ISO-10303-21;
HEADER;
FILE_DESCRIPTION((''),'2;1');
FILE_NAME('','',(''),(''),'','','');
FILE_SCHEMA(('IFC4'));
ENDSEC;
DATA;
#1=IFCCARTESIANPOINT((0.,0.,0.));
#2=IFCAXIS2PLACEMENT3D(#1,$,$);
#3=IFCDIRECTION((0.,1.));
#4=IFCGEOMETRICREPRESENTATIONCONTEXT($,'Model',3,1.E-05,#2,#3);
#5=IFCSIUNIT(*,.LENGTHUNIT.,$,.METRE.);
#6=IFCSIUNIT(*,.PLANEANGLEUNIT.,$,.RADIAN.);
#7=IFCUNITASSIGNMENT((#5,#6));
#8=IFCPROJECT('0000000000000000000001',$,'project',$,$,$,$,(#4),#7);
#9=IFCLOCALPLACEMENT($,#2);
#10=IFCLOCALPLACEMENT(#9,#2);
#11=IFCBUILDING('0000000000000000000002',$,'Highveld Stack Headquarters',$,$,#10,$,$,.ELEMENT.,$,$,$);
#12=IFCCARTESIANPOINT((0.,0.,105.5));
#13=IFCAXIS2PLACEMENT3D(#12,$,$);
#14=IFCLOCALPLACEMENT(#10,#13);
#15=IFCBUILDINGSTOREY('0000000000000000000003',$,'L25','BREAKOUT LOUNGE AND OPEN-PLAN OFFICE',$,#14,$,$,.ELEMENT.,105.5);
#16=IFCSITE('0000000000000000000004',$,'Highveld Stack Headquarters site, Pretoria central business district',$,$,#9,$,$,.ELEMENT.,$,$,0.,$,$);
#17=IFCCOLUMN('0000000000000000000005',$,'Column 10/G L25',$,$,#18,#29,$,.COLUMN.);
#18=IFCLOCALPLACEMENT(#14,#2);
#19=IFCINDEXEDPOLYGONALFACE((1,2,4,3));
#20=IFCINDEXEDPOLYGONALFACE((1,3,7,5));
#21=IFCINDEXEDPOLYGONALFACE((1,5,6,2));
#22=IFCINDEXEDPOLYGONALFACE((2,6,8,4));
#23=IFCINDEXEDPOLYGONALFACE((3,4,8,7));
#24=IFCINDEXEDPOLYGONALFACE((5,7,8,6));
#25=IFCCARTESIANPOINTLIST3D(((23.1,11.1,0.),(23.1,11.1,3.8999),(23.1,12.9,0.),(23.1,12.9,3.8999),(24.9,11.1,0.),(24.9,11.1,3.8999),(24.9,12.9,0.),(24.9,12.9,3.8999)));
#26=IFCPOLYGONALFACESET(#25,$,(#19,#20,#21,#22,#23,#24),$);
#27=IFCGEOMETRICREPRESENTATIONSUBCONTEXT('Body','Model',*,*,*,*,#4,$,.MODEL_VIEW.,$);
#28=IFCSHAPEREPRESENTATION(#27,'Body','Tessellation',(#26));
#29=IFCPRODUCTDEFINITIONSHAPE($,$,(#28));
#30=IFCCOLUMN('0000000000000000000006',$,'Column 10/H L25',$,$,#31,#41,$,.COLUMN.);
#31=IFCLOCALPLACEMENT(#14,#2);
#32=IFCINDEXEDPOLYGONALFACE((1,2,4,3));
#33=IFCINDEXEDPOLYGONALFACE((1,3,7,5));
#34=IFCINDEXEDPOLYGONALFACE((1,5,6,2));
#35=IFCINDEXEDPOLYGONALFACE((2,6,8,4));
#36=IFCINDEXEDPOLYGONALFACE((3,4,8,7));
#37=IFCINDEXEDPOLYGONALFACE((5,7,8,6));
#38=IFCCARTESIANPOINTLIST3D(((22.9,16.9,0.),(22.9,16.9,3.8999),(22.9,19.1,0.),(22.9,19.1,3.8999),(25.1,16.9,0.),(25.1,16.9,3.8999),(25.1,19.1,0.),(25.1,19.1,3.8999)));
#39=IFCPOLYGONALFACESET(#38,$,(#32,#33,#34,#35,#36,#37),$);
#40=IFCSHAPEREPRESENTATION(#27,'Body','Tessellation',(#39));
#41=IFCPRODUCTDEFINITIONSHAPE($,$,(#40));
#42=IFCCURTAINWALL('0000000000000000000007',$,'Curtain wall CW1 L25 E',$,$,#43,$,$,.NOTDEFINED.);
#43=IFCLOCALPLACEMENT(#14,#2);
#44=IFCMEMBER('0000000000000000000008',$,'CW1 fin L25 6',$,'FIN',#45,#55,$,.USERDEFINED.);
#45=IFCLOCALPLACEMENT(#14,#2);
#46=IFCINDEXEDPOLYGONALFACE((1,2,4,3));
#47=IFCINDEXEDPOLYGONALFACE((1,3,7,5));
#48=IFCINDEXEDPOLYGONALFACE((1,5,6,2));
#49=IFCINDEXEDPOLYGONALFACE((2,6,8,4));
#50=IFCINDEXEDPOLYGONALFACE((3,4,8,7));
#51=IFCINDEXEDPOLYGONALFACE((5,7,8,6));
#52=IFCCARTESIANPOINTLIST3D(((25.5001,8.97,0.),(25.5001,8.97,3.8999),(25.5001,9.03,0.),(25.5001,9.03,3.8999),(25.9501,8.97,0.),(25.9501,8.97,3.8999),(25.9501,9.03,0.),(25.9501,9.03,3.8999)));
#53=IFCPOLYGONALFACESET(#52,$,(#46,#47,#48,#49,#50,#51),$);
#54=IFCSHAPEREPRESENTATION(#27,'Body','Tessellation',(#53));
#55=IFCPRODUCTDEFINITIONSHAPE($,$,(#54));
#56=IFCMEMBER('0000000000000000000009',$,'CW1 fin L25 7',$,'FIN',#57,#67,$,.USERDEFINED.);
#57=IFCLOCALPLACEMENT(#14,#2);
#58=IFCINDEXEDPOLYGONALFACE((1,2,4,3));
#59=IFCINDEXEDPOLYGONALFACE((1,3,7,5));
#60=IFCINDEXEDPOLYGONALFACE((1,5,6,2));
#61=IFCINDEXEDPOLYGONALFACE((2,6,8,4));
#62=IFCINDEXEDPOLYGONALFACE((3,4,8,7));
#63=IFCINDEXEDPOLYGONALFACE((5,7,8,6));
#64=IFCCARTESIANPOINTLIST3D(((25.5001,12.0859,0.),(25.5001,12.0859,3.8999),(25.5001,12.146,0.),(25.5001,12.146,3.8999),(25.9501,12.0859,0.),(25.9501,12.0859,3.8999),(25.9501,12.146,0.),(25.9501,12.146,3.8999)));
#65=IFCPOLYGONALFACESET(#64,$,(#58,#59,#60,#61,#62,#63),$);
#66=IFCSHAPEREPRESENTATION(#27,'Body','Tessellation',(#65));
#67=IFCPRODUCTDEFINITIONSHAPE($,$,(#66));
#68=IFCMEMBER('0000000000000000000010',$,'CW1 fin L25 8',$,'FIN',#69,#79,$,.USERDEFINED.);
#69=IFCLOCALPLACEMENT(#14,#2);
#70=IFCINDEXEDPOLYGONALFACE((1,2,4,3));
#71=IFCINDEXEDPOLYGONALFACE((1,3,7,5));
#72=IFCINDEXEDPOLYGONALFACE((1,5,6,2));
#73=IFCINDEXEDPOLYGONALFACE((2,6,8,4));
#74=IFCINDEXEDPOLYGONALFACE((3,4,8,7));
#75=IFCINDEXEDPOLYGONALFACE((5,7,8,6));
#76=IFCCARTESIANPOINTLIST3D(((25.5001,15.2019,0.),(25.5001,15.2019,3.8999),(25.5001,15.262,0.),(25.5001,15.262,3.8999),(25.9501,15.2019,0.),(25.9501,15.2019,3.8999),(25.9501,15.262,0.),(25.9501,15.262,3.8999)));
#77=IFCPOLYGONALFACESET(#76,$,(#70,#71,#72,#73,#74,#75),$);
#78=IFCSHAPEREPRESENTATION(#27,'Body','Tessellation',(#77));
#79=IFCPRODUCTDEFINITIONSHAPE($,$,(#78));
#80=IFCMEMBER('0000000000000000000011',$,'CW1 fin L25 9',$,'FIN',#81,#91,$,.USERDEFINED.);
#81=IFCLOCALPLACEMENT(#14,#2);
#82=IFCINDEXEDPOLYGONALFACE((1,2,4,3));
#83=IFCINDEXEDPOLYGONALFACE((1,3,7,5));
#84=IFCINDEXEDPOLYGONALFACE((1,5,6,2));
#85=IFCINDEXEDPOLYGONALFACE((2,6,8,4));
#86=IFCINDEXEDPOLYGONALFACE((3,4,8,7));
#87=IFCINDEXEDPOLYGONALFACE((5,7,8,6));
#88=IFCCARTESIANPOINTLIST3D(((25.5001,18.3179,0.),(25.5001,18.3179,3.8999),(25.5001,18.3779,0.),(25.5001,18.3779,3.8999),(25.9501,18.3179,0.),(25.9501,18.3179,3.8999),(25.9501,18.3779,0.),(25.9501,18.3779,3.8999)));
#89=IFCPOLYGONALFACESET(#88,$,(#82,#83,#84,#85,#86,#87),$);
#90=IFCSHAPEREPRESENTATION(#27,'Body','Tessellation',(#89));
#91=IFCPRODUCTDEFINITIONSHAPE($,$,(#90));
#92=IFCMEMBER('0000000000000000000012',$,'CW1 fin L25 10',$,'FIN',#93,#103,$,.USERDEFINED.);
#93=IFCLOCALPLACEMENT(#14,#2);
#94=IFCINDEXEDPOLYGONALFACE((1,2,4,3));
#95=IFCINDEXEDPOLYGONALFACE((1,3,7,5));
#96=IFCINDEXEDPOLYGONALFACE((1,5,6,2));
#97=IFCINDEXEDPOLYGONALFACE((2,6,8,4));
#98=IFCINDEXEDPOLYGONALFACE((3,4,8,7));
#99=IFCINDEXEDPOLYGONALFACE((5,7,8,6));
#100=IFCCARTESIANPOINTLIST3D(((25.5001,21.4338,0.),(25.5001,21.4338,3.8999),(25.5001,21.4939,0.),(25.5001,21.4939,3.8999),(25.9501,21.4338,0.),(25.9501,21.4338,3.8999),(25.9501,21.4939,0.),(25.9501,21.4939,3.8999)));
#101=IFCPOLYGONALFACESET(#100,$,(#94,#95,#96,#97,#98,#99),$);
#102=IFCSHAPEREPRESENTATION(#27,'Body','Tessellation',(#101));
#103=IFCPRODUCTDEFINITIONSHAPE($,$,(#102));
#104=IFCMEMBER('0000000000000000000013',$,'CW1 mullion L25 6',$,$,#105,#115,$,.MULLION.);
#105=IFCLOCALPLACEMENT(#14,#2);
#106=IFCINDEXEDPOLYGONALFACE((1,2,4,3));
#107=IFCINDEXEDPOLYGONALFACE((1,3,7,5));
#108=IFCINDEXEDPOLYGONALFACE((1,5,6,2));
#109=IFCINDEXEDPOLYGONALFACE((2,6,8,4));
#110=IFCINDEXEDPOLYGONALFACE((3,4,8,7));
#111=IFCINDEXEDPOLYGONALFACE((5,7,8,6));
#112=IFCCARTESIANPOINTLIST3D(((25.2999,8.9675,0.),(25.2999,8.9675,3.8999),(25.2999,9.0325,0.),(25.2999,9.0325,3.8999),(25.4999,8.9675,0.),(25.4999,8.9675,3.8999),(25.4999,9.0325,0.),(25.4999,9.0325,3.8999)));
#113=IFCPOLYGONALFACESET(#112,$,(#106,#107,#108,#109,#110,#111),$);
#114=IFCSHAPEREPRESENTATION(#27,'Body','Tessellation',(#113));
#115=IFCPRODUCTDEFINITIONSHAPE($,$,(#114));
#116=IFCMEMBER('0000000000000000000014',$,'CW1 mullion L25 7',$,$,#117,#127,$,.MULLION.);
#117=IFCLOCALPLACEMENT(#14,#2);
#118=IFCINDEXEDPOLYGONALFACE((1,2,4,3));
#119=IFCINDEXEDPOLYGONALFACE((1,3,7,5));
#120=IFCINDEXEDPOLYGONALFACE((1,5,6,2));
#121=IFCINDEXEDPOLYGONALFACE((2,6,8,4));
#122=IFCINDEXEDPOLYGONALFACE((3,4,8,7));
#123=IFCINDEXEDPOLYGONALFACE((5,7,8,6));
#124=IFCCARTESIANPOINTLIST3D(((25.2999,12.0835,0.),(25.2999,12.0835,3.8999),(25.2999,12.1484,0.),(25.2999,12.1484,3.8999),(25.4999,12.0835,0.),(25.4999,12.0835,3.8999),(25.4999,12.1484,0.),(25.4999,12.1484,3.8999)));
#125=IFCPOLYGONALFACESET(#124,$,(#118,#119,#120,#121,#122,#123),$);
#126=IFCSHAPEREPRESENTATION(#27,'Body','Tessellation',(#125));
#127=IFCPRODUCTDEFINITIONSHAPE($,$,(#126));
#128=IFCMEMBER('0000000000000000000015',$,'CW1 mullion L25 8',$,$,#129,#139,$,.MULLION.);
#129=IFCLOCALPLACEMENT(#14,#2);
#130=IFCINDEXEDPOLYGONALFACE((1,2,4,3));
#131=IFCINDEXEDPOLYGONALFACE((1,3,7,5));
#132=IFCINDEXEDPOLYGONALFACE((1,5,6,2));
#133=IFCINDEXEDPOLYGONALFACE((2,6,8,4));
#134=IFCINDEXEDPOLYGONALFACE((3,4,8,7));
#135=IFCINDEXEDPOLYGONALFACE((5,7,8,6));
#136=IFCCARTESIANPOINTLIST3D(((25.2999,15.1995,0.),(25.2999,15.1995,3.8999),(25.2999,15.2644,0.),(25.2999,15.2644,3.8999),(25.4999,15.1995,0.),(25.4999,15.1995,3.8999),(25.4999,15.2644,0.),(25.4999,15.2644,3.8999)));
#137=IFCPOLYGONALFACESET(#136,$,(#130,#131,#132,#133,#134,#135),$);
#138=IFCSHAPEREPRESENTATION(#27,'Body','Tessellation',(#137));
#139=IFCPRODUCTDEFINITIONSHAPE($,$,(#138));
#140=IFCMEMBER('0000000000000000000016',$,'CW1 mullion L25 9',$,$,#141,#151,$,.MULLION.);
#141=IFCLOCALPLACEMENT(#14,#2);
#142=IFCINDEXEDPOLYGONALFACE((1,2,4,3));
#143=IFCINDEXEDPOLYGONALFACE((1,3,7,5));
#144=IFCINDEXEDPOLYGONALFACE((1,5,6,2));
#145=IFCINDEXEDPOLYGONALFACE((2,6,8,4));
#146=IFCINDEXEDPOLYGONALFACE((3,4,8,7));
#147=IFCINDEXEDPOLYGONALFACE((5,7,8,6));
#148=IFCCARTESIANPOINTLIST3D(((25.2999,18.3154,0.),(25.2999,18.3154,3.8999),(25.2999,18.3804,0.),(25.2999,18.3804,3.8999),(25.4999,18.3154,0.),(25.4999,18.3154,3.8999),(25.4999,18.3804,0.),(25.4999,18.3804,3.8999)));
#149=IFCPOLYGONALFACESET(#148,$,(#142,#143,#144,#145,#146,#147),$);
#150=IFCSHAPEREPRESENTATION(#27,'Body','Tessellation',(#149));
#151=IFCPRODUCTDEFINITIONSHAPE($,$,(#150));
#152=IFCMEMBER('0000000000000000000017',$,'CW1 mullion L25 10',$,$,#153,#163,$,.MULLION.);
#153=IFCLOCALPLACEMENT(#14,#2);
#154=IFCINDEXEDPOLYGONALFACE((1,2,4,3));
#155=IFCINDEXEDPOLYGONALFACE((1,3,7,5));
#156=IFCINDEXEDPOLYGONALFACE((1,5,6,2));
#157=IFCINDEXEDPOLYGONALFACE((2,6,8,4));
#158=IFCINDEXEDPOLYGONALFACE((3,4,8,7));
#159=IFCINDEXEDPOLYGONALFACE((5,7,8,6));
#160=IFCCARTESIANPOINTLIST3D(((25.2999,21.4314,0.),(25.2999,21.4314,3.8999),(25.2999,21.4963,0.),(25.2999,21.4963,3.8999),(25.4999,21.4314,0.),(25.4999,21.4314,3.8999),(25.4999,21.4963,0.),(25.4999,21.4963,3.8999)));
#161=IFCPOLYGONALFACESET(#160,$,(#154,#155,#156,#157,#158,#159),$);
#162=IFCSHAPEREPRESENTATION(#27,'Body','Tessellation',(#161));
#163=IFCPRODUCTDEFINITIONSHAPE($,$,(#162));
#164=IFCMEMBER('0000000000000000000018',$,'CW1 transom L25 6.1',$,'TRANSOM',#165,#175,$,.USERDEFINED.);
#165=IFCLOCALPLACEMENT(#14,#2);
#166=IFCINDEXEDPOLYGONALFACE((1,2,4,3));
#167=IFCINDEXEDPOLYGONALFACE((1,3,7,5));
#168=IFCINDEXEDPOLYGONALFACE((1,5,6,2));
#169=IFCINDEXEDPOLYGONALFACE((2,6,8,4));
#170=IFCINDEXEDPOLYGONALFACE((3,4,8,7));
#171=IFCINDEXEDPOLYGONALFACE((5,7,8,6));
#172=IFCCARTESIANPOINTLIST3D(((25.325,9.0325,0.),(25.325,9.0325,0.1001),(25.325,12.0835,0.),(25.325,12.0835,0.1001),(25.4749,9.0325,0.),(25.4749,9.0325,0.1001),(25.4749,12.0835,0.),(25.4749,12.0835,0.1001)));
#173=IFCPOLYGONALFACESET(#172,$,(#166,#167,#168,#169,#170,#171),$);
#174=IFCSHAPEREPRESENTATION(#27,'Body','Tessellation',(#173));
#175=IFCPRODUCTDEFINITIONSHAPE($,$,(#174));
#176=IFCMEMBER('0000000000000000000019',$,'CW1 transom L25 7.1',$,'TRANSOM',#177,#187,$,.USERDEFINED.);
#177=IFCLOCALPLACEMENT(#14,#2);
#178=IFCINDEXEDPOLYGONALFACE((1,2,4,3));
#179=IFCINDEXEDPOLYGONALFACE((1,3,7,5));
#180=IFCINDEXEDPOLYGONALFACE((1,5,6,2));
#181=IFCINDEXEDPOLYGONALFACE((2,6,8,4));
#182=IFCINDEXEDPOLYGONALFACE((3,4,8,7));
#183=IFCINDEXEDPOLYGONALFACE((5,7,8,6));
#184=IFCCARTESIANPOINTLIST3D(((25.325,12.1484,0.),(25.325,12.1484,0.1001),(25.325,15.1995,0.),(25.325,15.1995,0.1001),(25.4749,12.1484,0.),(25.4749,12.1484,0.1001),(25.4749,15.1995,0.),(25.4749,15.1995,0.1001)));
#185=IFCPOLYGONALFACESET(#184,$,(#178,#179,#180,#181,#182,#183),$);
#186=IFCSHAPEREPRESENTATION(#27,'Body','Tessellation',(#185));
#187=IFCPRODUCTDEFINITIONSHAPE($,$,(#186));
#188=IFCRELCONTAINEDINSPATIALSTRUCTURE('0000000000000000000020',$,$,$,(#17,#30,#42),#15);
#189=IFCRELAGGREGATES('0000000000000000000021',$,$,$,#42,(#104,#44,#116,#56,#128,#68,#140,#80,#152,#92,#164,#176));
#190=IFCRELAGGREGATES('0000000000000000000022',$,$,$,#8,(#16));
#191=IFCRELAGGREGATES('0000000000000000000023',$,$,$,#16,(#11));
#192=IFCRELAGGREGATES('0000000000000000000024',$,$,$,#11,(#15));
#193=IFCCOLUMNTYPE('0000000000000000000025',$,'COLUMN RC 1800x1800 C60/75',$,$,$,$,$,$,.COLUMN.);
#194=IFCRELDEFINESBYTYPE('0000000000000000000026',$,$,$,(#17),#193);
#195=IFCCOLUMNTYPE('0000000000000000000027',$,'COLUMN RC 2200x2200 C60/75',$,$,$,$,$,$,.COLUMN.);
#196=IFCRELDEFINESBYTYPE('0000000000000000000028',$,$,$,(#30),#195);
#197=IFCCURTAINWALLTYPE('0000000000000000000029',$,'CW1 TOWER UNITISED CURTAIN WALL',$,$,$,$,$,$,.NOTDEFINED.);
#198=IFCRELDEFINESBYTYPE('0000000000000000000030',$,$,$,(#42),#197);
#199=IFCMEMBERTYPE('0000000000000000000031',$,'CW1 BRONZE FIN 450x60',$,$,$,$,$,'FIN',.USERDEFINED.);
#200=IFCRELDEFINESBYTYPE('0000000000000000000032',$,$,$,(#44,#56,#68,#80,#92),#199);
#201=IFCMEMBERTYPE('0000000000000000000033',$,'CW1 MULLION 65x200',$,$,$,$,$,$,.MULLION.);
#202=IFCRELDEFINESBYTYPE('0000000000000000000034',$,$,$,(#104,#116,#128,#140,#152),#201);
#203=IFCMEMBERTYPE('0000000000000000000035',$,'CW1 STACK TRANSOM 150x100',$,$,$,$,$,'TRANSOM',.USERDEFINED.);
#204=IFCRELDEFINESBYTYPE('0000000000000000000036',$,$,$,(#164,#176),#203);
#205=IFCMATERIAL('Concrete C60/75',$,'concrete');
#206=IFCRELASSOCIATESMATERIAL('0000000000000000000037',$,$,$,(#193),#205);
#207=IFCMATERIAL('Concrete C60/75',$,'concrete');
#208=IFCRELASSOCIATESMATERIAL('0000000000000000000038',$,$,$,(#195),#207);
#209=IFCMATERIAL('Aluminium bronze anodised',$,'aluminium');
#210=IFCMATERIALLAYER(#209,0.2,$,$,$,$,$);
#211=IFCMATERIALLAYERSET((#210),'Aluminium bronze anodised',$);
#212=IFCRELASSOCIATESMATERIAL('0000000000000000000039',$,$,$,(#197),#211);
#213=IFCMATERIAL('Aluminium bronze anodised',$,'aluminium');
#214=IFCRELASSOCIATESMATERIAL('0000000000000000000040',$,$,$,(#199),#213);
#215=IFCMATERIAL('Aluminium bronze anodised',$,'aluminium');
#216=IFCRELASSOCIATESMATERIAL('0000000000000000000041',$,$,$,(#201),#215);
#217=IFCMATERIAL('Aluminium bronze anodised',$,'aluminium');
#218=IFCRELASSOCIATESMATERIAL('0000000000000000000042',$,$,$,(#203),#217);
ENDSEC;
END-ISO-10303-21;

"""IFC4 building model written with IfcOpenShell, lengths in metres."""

from ifc_helpers import new_model, si_unit, direction, frame, origin, origin_2d, place, context, subcontext, project, spatial, rectangle, extrude, material, layer, layer_set, material_profile, profile_set, type_object, element, aggregate, save


model = new_model("IFC4")

# Units and contexts
model_context = context("Model", 3, precision=1e-05, world=origin(), true_north=direction((0.0, 1.0)))
body_context = subcontext(model_context, "Body", "Model", "MODEL_VIEW")
ifc_project = project(units=[si_unit("LENGTHUNIT", "METRE"), si_unit("PLANEANGLEUNIT", "RADIAN")], contexts=[model_context])

# Site, building, storey
site_placement = place(None, origin())
site = spatial("IfcSite", under=ifc_project, at=site_placement, Name="Highveld Stack Headquarters site, Pretoria central business district", CompositionType="ELEMENT", RefElevation=0.0)
building_placement = place(site_placement, origin())
building = spatial("IfcBuilding", under=site, at=building_placement, Name="Highveld Stack Headquarters", CompositionType="ELEMENT")
storey_placement = place(building_placement, frame((0.0, 0.0, 105.5)))
storey = spatial("IfcBuildingStorey", under=building, at=storey_placement, Name="L25", Description="BREAKOUT LOUNGE AND OPEN-PLAN OFFICE", CompositionType="ELEMENT", Elevation=105.5)

# Columns
ifc_material_1 = material(Name="Concrete C60/75", Category="concrete")
ifc_material_profile_1 = material_profile(ifc_material_1, rectangle(XDim=1.8, YDim=1.8, at=origin_2d()), Name="RC 1800x1800")
ifc_profile_set_1 = profile_set([ifc_material_profile_1], Name="Concrete C60/75")
column_type_1 = type_object("IfcColumnType", Name="COLUMN RC 1800x1800 C60/75", PredefinedType="COLUMN", material=ifc_profile_set_1)
column_1_placement = place(storey_placement, frame((24.0, 12.0, 0.0), z_axis=(0.0, 0.0, 1.0), x_axis=(1.0, 0.0, 0.0)))
element("IfcColumn", 1, at=column_1_placement, inside=storey, type_object=column_type_1, Name="Column 10/G L25", PredefinedType="COLUMN", context=body_context, shape_type="SweptSolid", body=[
    extrude(rectangle(XDim=1.8, YDim=1.8, at=origin_2d()), origin(), (0.0, 0.0, 1.0), 3.8999),
])
ifc_material_2 = material(Name="Concrete C60/75", Category="concrete")
ifc_material_profile_2 = material_profile(ifc_material_2, rectangle(XDim=2.2, YDim=2.2, at=origin_2d()), Name="RC 2200x2200")
ifc_profile_set_2 = profile_set([ifc_material_profile_2], Name="Concrete C60/75")
column_type_2 = type_object("IfcColumnType", Name="COLUMN RC 2200x2200 C60/75", PredefinedType="COLUMN", material=ifc_profile_set_2)
column_2_placement = place(storey_placement, frame((24.0, 18.0, 0.0), z_axis=(0.0, 0.0, 1.0), x_axis=(1.0, 0.0, 0.0)))
element("IfcColumn", 2, at=column_2_placement, inside=storey, type_object=column_type_2, Name="Column 10/H L25", PredefinedType="COLUMN", context=body_context, shape_type="SweptSolid", body=[
    extrude(rectangle(XDim=2.2, YDim=2.2, at=origin_2d()), origin(), (0.0, 0.0, 1.0), 3.8999),
])

# Curtain wall, members
ifc_material_3 = material(Name="Aluminium bronze anodised", Category="aluminium")
ifc_layer_1 = layer(ifc_material_3, 0.2)
ifc_layer_set_1 = layer_set([ifc_layer_1], Name="Aluminium bronze anodised")
curtain_wall_type = type_object("IfcCurtainWallType", Name="CW1 TOWER UNITISED CURTAIN WALL", PredefinedType="NOTDEFINED", material=ifc_layer_set_1)
curtain_wall_placement = place(storey_placement, origin())
curtain_wall = element("IfcCurtainWall", 3, at=curtain_wall_placement, inside=storey, type_object=curtain_wall_type, Name="Curtain wall CW1 L25 E", PredefinedType="NOTDEFINED")
ifc_material_4 = material(Name="Aluminium bronze anodised", Category="aluminium")
ifc_material_profile_3 = material_profile(ifc_material_4, rectangle(XDim=0.45, YDim=0.0601, at=origin_2d()), Name="FIN 450x60")
ifc_profile_set_3 = profile_set([ifc_material_profile_3], Name="Aluminium bronze anodised")
member_type_1 = type_object("IfcMemberType", Name="CW1 BRONZE FIN 450x60", ElementType="FIN", PredefinedType="USERDEFINED", material=ifc_profile_set_3)
member_1_placement = place(storey_placement, frame((25.7251, 9.0, 0.0), z_axis=(0.0, 0.0, 1.0), x_axis=(-1.0, 0.0, 0.0)))
member_1 = element("IfcMember", 4, at=member_1_placement, type_object=member_type_1, Name="CW1 fin L25 6", ObjectType="FIN", PredefinedType="USERDEFINED", context=body_context, shape_type="SweptSolid", body=[
    extrude(rectangle(XDim=0.45, YDim=0.0601, at=origin_2d()), origin(), (0.0, 0.0, 1.0), 3.8999),
])
member_2_placement = place(storey_placement, frame((25.7251, 12.116, 0.0), z_axis=(0.0, 0.0, 1.0), x_axis=(-1.0, 0.0, 0.0)))
member_2 = element("IfcMember", 5, at=member_2_placement, type_object=member_type_1, Name="CW1 fin L25 7", ObjectType="FIN", PredefinedType="USERDEFINED", context=body_context, shape_type="SweptSolid", body=[
    extrude(rectangle(XDim=0.45, YDim=0.0601, at=origin_2d()), origin(), (0.0, 0.0, 1.0), 3.8999),
])
member_3_placement = place(storey_placement, frame((25.7251, 15.2319, 0.0), z_axis=(0.0, 0.0, 1.0), x_axis=(-1.0, 0.0, 0.0)))
member_3 = element("IfcMember", 6, at=member_3_placement, type_object=member_type_1, Name="CW1 fin L25 8", ObjectType="FIN", PredefinedType="USERDEFINED", context=body_context, shape_type="SweptSolid", body=[
    extrude(rectangle(XDim=0.45, YDim=0.0601, at=origin_2d()), origin(), (0.0, 0.0, 1.0), 3.8999),
])
member_4_placement = place(storey_placement, frame((25.7251, 18.3479, 0.0), z_axis=(0.0, 0.0, 1.0), x_axis=(-1.0, 0.0, 0.0)))
member_4 = element("IfcMember", 7, at=member_4_placement, type_object=member_type_1, Name="CW1 fin L25 9", ObjectType="FIN", PredefinedType="USERDEFINED", context=body_context, shape_type="SweptSolid", body=[
    extrude(rectangle(XDim=0.45, YDim=0.0601, at=origin_2d()), origin(), (0.0, 0.0, 1.0), 3.8999),
])
member_5_placement = place(storey_placement, frame((25.7251, 21.4639, 0.0), z_axis=(0.0, 0.0, 1.0), x_axis=(-1.0, 0.0, 0.0)))
member_5 = element("IfcMember", 8, at=member_5_placement, type_object=member_type_1, Name="CW1 fin L25 10", ObjectType="FIN", PredefinedType="USERDEFINED", context=body_context, shape_type="SweptSolid", body=[
    extrude(rectangle(XDim=0.45, YDim=0.0601, at=origin_2d()), origin(), (0.0, 0.0, 1.0), 3.8999),
])
ifc_material_5 = material(Name="Aluminium bronze anodised", Category="aluminium")
ifc_material_profile_4 = material_profile(ifc_material_5, rectangle(XDim=0.2, YDim=0.0649, at=origin_2d()), Name="CW1 MULLION 65x200")
ifc_profile_set_4 = profile_set([ifc_material_profile_4], Name="Aluminium bronze anodised")
member_type_2 = type_object("IfcMemberType", Name="CW1 MULLION 65x200", PredefinedType="MULLION", material=ifc_profile_set_4)
member_6_placement = place(storey_placement, frame((25.3999, 9.0, 0.0), z_axis=(0.0, 0.0, 1.0), x_axis=(-1.0, 0.0, 0.0)))
member_6 = element("IfcMember", 9, at=member_6_placement, type_object=member_type_2, Name="CW1 mullion L25 6", PredefinedType="MULLION", context=body_context, shape_type="SweptSolid", body=[
    extrude(rectangle(XDim=0.2, YDim=0.0649, at=origin_2d()), origin(), (0.0, 0.0, 1.0), 3.8999),
])
member_7_placement = place(storey_placement, frame((25.3999, 12.116, 0.0), z_axis=(0.0, 0.0, 1.0), x_axis=(-1.0, 0.0, 0.0)))
member_7 = element("IfcMember", 10, at=member_7_placement, type_object=member_type_2, Name="CW1 mullion L25 7", PredefinedType="MULLION", context=body_context, shape_type="SweptSolid", body=[
    extrude(rectangle(XDim=0.2, YDim=0.0649, at=origin_2d()), origin(), (0.0, 0.0, 1.0), 3.8999),
])
member_8_placement = place(storey_placement, frame((25.3999, 15.2319, 0.0), z_axis=(0.0, 0.0, 1.0), x_axis=(-1.0, 0.0, 0.0)))
member_8 = element("IfcMember", 11, at=member_8_placement, type_object=member_type_2, Name="CW1 mullion L25 8", PredefinedType="MULLION", context=body_context, shape_type="SweptSolid", body=[
    extrude(rectangle(XDim=0.2, YDim=0.0649, at=origin_2d()), origin(), (0.0, 0.0, 1.0), 3.8999),
])
member_9_placement = place(storey_placement, frame((25.3999, 18.3479, 0.0), z_axis=(0.0, 0.0, 1.0), x_axis=(-1.0, 0.0, 0.0)))
member_9 = element("IfcMember", 12, at=member_9_placement, type_object=member_type_2, Name="CW1 mullion L25 9", PredefinedType="MULLION", context=body_context, shape_type="SweptSolid", body=[
    extrude(rectangle(XDim=0.2, YDim=0.0649, at=origin_2d()), origin(), (0.0, 0.0, 1.0), 3.8999),
])
member_10_placement = place(storey_placement, frame((25.3999, 21.4639, 0.0), z_axis=(0.0, 0.0, 1.0), x_axis=(-1.0, 0.0, 0.0)))
member_10 = element("IfcMember", 13, at=member_10_placement, type_object=member_type_2, Name="CW1 mullion L25 10", PredefinedType="MULLION", context=body_context, shape_type="SweptSolid", body=[
    extrude(rectangle(XDim=0.2, YDim=0.0649, at=origin_2d()), origin(), (0.0, 0.0, 1.0), 3.8999),
])
ifc_material_6 = material(Name="Aluminium bronze anodised", Category="aluminium")
ifc_material_profile_5 = material_profile(ifc_material_6, rectangle(XDim=0.1499, YDim=0.1001, at=origin_2d()), Name="CW1 TRANSOM 150x100")
ifc_profile_set_5 = profile_set([ifc_material_profile_5], Name="Aluminium bronze anodised")
member_type_3 = type_object("IfcMemberType", Name="CW1 STACK TRANSOM 150x100", ElementType="TRANSOM", PredefinedType="USERDEFINED", material=ifc_profile_set_5)
member_11_placement = place(storey_placement, frame((25.3999, 9.0325, 0.05), z_axis=(0.0, 1.0, 0.0), x_axis=(-1.0, 0.0, 0.0)))
member_11 = element("IfcMember", 14, at=member_11_placement, type_object=member_type_3, Name="CW1 transom L25 6.1", ObjectType="TRANSOM", PredefinedType="USERDEFINED", context=body_context, shape_type="SweptSolid", body=[
    extrude(rectangle(XDim=0.1499, YDim=0.1001, at=origin_2d()), origin(), (0.0, 0.0, 1.0), 3.051),
])
member_12_placement = place(storey_placement, frame((25.3999, 12.1484, 0.05), z_axis=(0.0, 1.0, 0.0), x_axis=(-1.0, 0.0, 0.0)))
member_12 = element("IfcMember", 15, at=member_12_placement, type_object=member_type_3, Name="CW1 transom L25 7.1", ObjectType="TRANSOM", PredefinedType="USERDEFINED", context=body_context, shape_type="SweptSolid", body=[
    extrude(rectangle(XDim=0.1499, YDim=0.1001, at=origin_2d()), origin(), (0.0, 0.0, 1.0), 3.051),
])
aggregate(curtain_wall, [member_6, member_1, member_7, member_2, member_8, member_3, member_9, member_4, member_10, member_5, member_11, member_12])

save(model, "model.ifc")
